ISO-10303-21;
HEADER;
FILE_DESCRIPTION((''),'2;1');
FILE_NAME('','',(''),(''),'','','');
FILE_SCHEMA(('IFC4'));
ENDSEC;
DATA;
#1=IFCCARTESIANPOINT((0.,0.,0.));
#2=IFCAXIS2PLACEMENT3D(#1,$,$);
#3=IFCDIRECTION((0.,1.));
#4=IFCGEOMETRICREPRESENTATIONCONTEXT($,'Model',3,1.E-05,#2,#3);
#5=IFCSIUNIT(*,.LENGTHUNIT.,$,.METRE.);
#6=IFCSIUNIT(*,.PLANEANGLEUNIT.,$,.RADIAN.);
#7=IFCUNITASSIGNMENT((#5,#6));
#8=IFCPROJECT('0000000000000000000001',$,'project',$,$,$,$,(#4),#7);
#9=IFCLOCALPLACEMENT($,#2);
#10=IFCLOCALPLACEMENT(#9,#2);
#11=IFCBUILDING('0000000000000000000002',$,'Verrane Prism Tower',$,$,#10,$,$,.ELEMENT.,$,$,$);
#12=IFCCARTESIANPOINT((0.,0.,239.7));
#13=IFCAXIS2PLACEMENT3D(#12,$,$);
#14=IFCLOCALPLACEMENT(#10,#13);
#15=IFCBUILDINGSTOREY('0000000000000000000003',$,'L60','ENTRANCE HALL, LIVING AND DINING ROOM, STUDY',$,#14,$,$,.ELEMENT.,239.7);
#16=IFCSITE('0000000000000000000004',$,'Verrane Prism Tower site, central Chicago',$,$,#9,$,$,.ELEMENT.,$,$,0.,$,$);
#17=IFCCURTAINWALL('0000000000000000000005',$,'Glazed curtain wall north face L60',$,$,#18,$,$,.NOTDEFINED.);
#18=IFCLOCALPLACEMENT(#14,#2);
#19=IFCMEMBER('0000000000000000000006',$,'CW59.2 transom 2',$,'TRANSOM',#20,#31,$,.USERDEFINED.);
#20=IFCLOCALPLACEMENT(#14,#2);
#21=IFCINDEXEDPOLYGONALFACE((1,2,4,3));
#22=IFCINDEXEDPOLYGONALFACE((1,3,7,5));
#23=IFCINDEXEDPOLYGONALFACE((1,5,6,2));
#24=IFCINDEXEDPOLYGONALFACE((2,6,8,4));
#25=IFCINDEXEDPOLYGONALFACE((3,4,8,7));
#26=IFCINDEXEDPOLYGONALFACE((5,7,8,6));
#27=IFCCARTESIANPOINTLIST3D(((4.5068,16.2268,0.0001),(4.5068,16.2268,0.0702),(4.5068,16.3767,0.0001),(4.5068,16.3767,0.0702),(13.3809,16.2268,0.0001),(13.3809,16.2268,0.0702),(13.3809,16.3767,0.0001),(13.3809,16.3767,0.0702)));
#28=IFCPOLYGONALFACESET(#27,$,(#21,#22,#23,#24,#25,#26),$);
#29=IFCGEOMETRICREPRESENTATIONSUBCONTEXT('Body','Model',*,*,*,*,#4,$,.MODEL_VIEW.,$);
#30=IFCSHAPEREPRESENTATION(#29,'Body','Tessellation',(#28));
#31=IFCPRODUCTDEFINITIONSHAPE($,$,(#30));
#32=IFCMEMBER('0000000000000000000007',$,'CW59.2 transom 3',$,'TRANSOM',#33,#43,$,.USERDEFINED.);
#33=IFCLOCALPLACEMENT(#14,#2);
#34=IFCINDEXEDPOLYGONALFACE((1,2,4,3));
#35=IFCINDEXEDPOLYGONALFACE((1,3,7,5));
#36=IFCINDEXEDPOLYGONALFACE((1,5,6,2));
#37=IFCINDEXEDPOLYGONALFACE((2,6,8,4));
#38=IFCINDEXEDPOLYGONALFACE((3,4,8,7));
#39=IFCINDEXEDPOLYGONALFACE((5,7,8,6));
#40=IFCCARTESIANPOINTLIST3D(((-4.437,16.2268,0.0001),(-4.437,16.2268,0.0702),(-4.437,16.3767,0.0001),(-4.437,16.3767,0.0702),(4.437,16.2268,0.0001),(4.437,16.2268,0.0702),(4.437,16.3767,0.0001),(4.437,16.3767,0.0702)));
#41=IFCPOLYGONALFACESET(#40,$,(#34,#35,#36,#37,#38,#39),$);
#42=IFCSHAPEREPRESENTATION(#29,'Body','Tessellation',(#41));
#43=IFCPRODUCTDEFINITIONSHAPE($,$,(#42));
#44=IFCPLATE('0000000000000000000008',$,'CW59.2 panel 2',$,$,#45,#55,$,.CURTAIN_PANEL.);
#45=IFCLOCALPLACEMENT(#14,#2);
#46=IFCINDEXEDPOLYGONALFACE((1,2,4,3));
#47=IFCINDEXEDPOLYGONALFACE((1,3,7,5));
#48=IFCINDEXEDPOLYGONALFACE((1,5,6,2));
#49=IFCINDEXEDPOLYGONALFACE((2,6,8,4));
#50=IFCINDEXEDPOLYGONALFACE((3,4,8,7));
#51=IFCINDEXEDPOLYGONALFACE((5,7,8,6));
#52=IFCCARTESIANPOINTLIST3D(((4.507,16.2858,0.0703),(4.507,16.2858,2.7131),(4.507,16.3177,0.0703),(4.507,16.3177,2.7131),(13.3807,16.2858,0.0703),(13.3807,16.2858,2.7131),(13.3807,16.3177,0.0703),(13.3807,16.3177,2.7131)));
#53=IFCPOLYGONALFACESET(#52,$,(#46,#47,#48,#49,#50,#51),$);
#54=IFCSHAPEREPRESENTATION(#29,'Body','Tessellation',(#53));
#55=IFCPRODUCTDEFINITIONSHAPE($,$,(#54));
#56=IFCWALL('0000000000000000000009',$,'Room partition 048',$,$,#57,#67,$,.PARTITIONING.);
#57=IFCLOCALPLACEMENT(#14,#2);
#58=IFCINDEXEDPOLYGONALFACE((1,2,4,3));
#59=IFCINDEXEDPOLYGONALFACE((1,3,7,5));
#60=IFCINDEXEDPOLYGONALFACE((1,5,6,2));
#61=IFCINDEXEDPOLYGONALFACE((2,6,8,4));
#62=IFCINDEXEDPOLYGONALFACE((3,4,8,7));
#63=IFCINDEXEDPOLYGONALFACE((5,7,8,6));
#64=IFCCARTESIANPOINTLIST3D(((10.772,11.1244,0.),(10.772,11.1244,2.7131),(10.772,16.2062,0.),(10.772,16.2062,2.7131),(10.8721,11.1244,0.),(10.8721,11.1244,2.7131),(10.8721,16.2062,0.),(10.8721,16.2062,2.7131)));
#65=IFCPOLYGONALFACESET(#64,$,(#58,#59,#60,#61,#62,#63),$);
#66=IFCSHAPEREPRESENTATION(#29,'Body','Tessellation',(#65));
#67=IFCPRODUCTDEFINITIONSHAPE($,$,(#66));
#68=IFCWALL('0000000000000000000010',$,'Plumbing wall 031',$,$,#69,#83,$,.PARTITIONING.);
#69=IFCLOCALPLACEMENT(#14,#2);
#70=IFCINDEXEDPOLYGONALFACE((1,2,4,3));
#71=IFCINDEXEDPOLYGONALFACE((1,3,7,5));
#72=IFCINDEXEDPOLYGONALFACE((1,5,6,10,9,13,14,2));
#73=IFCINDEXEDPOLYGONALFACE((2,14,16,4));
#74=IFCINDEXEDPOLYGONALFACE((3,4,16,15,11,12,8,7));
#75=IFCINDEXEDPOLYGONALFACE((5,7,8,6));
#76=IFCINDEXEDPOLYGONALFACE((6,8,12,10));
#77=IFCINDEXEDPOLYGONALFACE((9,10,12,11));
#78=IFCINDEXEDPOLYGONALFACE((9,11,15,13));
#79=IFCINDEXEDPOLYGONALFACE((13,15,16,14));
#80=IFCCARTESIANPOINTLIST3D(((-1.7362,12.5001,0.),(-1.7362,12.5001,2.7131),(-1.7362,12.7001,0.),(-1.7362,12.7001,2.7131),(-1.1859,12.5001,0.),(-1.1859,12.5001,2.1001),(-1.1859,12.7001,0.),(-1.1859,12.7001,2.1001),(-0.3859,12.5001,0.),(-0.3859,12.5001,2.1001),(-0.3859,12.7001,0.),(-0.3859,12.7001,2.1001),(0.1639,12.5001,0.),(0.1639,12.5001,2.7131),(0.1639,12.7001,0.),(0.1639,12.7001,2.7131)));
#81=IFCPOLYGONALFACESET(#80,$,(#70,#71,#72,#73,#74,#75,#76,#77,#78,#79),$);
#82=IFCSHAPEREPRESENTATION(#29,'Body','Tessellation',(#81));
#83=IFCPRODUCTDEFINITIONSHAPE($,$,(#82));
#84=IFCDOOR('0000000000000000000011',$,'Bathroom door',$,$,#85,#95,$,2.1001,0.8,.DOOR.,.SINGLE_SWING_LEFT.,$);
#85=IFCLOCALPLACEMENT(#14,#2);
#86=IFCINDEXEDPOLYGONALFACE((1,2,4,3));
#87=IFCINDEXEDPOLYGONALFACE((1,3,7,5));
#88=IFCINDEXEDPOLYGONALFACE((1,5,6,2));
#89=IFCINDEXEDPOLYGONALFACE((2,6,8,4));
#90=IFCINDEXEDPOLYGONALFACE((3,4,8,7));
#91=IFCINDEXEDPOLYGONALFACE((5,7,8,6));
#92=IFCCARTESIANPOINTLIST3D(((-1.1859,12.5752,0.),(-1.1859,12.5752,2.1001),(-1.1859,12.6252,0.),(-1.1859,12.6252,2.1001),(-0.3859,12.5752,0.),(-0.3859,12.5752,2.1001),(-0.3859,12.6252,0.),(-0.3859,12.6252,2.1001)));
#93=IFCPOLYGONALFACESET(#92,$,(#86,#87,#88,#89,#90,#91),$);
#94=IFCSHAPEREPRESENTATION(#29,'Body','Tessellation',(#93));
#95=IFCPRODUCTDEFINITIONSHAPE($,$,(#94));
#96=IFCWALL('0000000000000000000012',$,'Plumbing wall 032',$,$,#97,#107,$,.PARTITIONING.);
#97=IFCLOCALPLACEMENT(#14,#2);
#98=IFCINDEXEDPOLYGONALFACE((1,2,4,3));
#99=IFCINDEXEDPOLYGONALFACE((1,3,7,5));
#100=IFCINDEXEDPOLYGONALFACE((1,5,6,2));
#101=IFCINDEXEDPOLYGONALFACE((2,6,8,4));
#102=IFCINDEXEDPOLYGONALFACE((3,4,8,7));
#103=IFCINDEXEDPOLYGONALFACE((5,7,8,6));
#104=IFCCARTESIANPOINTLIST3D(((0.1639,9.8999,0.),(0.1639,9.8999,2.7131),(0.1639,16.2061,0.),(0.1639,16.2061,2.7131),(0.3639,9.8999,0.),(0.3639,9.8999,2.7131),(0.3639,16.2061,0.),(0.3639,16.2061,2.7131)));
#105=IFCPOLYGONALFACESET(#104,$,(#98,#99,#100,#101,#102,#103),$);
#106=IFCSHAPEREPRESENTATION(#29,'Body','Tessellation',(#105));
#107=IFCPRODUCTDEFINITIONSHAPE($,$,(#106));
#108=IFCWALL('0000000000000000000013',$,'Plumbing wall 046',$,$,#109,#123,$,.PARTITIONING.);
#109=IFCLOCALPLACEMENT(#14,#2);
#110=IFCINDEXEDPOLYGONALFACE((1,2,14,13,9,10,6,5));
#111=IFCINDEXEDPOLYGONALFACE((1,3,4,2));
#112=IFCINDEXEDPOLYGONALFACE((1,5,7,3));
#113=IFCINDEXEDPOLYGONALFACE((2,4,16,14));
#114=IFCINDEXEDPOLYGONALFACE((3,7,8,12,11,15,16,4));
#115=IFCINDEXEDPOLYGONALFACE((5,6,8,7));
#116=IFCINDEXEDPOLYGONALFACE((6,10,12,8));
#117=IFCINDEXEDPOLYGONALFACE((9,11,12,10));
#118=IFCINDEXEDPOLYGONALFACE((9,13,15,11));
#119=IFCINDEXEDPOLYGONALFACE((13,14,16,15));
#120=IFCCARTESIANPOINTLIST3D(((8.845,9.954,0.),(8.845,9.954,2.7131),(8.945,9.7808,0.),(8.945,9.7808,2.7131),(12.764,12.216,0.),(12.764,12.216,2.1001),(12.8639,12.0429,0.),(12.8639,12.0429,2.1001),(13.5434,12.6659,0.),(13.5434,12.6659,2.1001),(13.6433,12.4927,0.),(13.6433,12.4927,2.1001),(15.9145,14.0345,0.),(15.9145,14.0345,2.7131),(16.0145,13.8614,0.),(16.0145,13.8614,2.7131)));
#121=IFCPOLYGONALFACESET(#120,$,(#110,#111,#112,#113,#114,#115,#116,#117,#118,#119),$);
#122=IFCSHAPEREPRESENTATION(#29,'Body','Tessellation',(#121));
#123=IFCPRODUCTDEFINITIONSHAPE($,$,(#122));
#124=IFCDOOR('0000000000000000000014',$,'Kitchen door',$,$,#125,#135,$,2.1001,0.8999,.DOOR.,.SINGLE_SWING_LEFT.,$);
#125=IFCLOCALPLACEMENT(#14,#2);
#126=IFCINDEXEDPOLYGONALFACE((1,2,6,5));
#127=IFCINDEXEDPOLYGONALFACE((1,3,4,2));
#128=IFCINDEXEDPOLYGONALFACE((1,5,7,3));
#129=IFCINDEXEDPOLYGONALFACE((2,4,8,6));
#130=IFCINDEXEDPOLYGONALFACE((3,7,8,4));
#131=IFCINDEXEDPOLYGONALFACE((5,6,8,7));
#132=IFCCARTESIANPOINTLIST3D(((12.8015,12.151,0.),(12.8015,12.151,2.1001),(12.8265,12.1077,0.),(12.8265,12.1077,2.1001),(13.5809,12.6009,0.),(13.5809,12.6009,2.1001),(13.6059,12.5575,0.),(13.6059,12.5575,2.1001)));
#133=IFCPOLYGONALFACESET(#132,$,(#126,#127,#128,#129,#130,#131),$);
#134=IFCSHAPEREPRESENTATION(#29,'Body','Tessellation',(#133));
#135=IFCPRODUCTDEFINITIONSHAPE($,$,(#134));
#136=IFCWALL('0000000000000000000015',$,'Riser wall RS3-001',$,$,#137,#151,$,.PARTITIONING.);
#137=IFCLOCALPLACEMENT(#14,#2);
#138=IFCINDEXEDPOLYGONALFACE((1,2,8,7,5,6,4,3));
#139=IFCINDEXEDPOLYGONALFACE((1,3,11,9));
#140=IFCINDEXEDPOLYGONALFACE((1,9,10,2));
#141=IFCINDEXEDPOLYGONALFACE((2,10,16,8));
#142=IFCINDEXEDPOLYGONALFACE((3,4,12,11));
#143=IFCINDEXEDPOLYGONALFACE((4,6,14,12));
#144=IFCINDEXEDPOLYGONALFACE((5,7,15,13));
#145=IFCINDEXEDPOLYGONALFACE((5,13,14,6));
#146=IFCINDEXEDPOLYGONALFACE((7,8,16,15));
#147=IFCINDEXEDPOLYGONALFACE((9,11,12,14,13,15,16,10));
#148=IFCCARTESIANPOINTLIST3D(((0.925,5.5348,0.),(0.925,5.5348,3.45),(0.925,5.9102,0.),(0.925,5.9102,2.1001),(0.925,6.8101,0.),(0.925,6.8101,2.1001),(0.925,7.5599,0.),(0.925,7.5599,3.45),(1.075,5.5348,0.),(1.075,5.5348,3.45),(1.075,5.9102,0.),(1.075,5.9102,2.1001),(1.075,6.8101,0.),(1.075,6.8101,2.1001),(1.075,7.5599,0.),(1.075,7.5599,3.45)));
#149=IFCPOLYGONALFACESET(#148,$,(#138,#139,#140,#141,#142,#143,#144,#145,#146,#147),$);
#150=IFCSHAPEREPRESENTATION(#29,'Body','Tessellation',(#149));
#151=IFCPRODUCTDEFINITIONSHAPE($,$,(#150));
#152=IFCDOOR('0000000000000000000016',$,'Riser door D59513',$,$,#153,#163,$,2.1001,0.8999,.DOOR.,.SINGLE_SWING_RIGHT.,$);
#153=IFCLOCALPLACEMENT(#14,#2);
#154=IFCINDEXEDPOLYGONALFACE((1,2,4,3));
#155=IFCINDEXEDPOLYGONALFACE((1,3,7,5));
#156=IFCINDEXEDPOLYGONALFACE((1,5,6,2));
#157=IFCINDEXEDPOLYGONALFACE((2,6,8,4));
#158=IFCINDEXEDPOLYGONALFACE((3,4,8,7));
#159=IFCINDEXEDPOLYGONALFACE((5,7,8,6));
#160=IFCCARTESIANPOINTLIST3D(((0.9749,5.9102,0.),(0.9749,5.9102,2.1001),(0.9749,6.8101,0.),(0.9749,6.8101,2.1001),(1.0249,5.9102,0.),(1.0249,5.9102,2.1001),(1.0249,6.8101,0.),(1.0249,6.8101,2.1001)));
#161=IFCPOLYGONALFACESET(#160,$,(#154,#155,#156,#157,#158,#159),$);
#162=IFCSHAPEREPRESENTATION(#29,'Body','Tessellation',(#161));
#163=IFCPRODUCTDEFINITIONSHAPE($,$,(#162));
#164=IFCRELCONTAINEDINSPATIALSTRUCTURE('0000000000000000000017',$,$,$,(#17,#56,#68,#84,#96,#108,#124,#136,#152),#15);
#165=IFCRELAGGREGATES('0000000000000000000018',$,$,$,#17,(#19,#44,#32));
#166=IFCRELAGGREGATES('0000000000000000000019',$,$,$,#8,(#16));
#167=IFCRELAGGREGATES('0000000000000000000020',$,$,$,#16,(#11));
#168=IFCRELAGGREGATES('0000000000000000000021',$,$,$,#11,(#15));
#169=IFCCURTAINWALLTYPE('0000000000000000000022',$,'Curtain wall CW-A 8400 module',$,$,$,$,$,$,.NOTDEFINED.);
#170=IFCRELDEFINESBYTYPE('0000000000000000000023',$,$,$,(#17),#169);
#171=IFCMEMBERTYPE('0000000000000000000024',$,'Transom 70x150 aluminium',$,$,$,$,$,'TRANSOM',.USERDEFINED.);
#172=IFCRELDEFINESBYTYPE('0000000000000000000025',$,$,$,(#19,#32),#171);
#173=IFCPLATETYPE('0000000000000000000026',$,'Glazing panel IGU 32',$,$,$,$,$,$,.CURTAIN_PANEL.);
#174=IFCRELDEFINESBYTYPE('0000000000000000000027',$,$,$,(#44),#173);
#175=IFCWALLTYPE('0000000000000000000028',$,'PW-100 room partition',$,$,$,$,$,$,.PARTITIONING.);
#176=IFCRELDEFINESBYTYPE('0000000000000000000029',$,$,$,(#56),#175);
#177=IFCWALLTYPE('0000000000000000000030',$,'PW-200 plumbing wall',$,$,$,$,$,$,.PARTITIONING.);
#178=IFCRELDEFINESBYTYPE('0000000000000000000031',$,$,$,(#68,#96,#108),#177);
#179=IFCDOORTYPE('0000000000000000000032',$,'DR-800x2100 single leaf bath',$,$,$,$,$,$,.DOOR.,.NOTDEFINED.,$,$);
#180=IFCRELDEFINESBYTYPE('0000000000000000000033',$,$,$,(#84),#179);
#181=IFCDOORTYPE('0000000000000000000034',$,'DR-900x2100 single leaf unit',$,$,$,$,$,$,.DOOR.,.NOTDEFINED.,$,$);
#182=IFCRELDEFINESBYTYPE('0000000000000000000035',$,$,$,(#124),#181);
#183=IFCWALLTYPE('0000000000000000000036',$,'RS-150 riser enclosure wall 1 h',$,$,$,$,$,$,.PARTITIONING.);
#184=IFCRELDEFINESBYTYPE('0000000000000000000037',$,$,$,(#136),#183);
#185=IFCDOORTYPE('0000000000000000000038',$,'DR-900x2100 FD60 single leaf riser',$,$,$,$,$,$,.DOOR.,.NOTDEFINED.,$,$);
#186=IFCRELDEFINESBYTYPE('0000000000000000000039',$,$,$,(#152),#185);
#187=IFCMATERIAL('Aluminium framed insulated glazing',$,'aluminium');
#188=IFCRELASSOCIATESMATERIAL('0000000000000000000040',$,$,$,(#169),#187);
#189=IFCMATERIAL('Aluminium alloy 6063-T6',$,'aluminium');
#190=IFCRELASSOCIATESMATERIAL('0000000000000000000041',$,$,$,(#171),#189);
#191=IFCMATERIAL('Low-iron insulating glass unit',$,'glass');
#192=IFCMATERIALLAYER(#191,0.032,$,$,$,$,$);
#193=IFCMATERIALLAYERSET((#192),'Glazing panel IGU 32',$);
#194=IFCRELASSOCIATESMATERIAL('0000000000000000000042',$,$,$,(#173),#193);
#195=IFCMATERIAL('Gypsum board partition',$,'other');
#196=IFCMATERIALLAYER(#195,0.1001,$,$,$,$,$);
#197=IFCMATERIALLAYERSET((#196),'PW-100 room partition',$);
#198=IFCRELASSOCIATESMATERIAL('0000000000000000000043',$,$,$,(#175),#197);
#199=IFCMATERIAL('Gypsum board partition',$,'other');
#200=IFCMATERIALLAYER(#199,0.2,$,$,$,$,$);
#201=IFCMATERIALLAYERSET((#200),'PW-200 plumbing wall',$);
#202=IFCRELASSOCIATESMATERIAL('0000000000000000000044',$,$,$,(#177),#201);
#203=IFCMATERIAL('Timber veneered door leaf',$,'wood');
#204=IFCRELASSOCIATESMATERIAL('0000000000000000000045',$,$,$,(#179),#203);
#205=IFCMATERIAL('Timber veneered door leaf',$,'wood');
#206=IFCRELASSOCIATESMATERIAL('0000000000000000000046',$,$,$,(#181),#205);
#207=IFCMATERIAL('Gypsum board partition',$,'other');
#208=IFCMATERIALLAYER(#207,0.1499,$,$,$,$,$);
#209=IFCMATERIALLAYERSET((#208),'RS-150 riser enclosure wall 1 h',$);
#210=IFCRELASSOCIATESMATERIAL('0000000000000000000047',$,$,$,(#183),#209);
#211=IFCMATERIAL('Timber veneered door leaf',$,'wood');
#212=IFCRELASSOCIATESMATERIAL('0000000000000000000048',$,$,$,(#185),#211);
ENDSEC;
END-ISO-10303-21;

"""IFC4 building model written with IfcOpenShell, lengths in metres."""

from ifc_helpers import new_model, si_unit, direction, frame, frame_2d, origin, origin_2d, place, context, subcontext, project, spatial, rectangle, extrude, material, layer, layer_set, material_profile, profile_set, type_object, element, fill, aggregate, save


model = new_model("IFC4")

# Units and contexts
model_context = context("Model", 3, precision=1e-05, world=origin(), true_north=direction((0.0, 1.0)))
body_context = subcontext(model_context, "Body", "Model", "MODEL_VIEW")
ifc_project = project(units=[si_unit("LENGTHUNIT", "METRE"), si_unit("PLANEANGLEUNIT", "RADIAN")], contexts=[model_context])

# Site, building, storey
site_placement = place(None, origin())
site = spatial("IfcSite", under=ifc_project, at=site_placement, Name="Verrane Prism Tower site, central Chicago", CompositionType="ELEMENT", RefElevation=0.0)
building_placement = place(site_placement, origin())
building = spatial("IfcBuilding", under=site, at=building_placement, Name="Verrane Prism Tower", CompositionType="ELEMENT")
storey_placement = place(building_placement, frame((0.0, 0.0, 239.7)))
storey = spatial("IfcBuildingStorey", under=building, at=storey_placement, Name="L60", Description="ENTRANCE HALL, LIVING AND DINING ROOM, STUDY", CompositionType="ELEMENT", Elevation=239.7)

# Curtain wall
ifc_material_1 = material(Name="Aluminium framed insulated glazing", Category="aluminium")
curtain_wall_type = type_object("IfcCurtainWallType", Name="Curtain wall CW-A 8400 module", PredefinedType="NOTDEFINED", material=ifc_material_1)
curtain_wall_placement = place(storey_placement, origin())
curtain_wall = element("IfcCurtainWall", 1, at=curtain_wall_placement, inside=storey, type_object=curtain_wall_type, Name="Glazed curtain wall north face L60", PredefinedType="NOTDEFINED")

# Members
ifc_material_2 = material(Name="Aluminium alloy 6063-T6", Category="aluminium")
ifc_material_profile_1 = material_profile(ifc_material_2, rectangle(XDim=0.1499, YDim=0.0701, at=origin_2d()), Name="Transom 70x150 aluminium")
ifc_profile_set_1 = profile_set([ifc_material_profile_1], Name="Aluminium alloy 6063-T6")
member_type_1 = type_object("IfcMemberType", Name="Transom 70x150 aluminium", ElementType="TRANSOM", PredefinedType="USERDEFINED", material=ifc_profile_set_1)
member_1_placement = place(storey_placement, frame((13.3809, 16.3018, 0.0352), z_axis=(-1.0, 0.0, 0.0), x_axis=(0.0, -1.0, 0.0)))
member_1 = element("IfcMember", 2, at=member_1_placement, type_object=member_type_1, Name="CW59.2 transom 2", ObjectType="TRANSOM", PredefinedType="USERDEFINED", context=body_context, shape_type="SweptSolid", body=[
    extrude(rectangle(XDim=0.1499, YDim=0.0701, at=origin_2d()), origin(), (0.0, 0.0, 1.0), 8.874),
])
member_2_placement = place(storey_placement, frame((4.437, 16.3018, 0.0352), z_axis=(-1.0, 0.0, 0.0), x_axis=(0.0, -1.0, 0.0)))
member_2 = element("IfcMember", 3, at=member_2_placement, type_object=member_type_1, Name="CW59.2 transom 3", ObjectType="TRANSOM", PredefinedType="USERDEFINED", context=body_context, shape_type="SweptSolid", body=[
    extrude(rectangle(XDim=0.1499, YDim=0.0701, at=origin_2d()), origin(), (0.0, 0.0, 1.0), 8.874),
])

# Plate
ifc_material_3 = material(Name="Low-iron insulating glass unit", Category="glass")
ifc_layer_1 = layer(ifc_material_3, 0.032)
ifc_layer_set_1 = layer_set([ifc_layer_1], Name="Glazing panel IGU 32")
plate_type = type_object("IfcPlateType", Name="Glazing panel IGU 32", PredefinedType="CURTAIN_PANEL", material=ifc_layer_set_1)
plate_placement = place(storey_placement, frame((8.9438, 16.3018, 0.0703), z_axis=(0.0, 0.0, 1.0), x_axis=(-1.0, 0.0, 0.0)))
plate = element("IfcPlate", 4, at=plate_placement, type_object=plate_type, Name="CW59.2 panel 2", PredefinedType="CURTAIN_PANEL", context=body_context, shape_type="SweptSolid", body=[
    extrude(rectangle(XDim=8.8738, YDim=0.032, at=origin_2d()), origin(), (0.0, 0.0, 1.0), 2.6428),
])
aggregate(curtain_wall, [member_1, plate, member_2])

# Wall
ifc_material_4 = material(Name="Gypsum board partition", Category="other")
ifc_layer_2 = layer(ifc_material_4, 0.1001)
ifc_layer_set_2 = layer_set([ifc_layer_2], Name="PW-100 room partition")
wall_type_1 = type_object("IfcWallType", Name="PW-100 room partition", PredefinedType="PARTITIONING", material=ifc_layer_set_2)
wall_1_placement = place(storey_placement, frame((10.822, 11.1243, 0.0), z_axis=(0.0, 0.0, 1.0), x_axis=(0.0, 1.0, 0.0)))
element("IfcWall", 5, at=wall_1_placement, inside=storey, type_object=wall_type_1, Name="Room partition 048", PredefinedType="PARTITIONING", context=body_context, shape_type="SweptSolid", body=[
    extrude(rectangle(XDim=5.0818, YDim=0.1001, at=frame_2d((2.541, 0.0))), origin(), (0.0, 0.0, 1.0), 2.7131),
])

# Wall, opening, door
ifc_material_5 = material(Name="Gypsum board partition", Category="other")
ifc_layer_3 = layer(ifc_material_5, 0.2)
ifc_layer_set_3 = layer_set([ifc_layer_3], Name="PW-200 plumbing wall")
wall_type_2 = type_object("IfcWallType", Name="PW-200 plumbing wall", PredefinedType="PARTITIONING", material=ifc_layer_set_3)
wall_2_placement = place(storey_placement, frame((0.1641, 12.6001, 0.0), z_axis=(0.0, 0.0, 1.0), x_axis=(-1.0, 0.0, 0.0)))
wall_2 = element("IfcWall", 6, at=wall_2_placement, inside=storey, type_object=wall_type_2, Name="Plumbing wall 031", PredefinedType="PARTITIONING", context=body_context, shape_type="SweptSolid", body=[
    extrude(rectangle(XDim=1.9001, YDim=0.2, at=frame_2d((0.9502, 0.0))), origin(), (0.0, 0.0, 1.0), 2.7131),
])
opening_1_placement = place(wall_2_placement, frame((0.55, 0.0, 0.0)))
opening_1 = element("IfcOpeningElement", 7, at=opening_1_placement, cuts=wall_2, PredefinedType="OPENING", context=body_context, shape_type="SweptSolid", body=[
    extrude(rectangle(XDim=0.8, YDim=2.1001, at=frame_2d((0.3999, 1.05))), frame((0.0, 0.1099, 0.0), z_axis=(0.0, -1.0, 0.0), x_axis=(1.0, 0.0, 0.0)), (0.0, 0.0, 1.0), 0.22),
])
ifc_material_6 = material(Name="Timber veneered door leaf", Category="wood")
door_type_1 = type_object("IfcDoorType", Name="DR-800x2100 single leaf bath", OperationType="NOTDEFINED", PredefinedType="DOOR", material=ifc_material_6)
door_1_placement = place(opening_1_placement, origin())
door_1 = element("IfcDoor", 8, at=door_1_placement, inside=storey, type_object=door_type_1, Name="Bathroom door", OperationType="SINGLE_SWING_LEFT", OverallHeight=2.1001, OverallWidth=0.8, PredefinedType="DOOR", context=body_context, shape_type="SweptSolid", body=[
    extrude(rectangle(XDim=0.8, YDim=2.1001, at=frame_2d((0.3999, 1.05))), frame((0.0, 0.0249, 0.0), z_axis=(0.0, -1.0, 0.0), x_axis=(1.0, 0.0, 0.0)), (0.0, 0.0, 1.0), 0.05),
])
fill(opening_1, door_1)

# Wall
wall_3_placement = place(storey_placement, frame((0.2639, 9.8999, 0.0), z_axis=(0.0, 0.0, 1.0), x_axis=(0.0, 1.0, 0.0)))
element("IfcWall", 9, at=wall_3_placement, inside=storey, type_object=wall_type_2, Name="Plumbing wall 032", PredefinedType="PARTITIONING", context=body_context, shape_type="SweptSolid", body=[
    extrude(rectangle(XDim=6.3062, YDim=0.2, at=frame_2d((3.1531, 0.0))), origin(), (0.0, 0.0, 1.0), 2.7131),
])

# Walls, openings, doors
wall_4_placement = place(storey_placement, frame((8.895, 9.8674, 0.0), z_axis=(0.0, 0.0, 1.0), x_axis=(0.866081, 0.499903, 0.0)))
wall_4 = element("IfcWall", 10, at=wall_4_placement, inside=storey, type_object=wall_type_2, Name="Plumbing wall 046", PredefinedType="PARTITIONING", context=body_context, shape_type="SweptSolid", body=[
    extrude(rectangle(XDim=8.1626, YDim=0.2, at=frame_2d((4.0813, 0.0))), origin(), (0.0, 0.0, 1.0), 2.7131),
])
opening_2_placement = place(wall_4_placement, frame((4.5249, 0.0, 0.0)))
opening_2 = element("IfcOpeningElement", 11, at=opening_2_placement, cuts=wall_4, PredefinedType="OPENING", context=body_context, shape_type="SweptSolid", body=[
    extrude(rectangle(XDim=0.8999, YDim=2.1001, at=frame_2d((0.45, 1.05))), frame((0.0, 0.1099, 0.0), z_axis=(0.0, -1.0, 0.0), x_axis=(1.0, 0.0, 0.0)), (0.0, 0.0, 1.0), 0.22),
])
ifc_material_7 = material(Name="Timber veneered door leaf", Category="wood")
door_type_2 = type_object("IfcDoorType", Name="DR-900x2100 single leaf unit", OperationType="NOTDEFINED", PredefinedType="DOOR", material=ifc_material_7)
door_2_placement = place(opening_2_placement, origin())
door_2 = element("IfcDoor", 12, at=door_2_placement, inside=storey, type_object=door_type_2, Name="Kitchen door", OperationType="SINGLE_SWING_LEFT", OverallHeight=2.1001, OverallWidth=0.8999, PredefinedType="DOOR", context=body_context, shape_type="SweptSolid", body=[
    extrude(rectangle(XDim=0.8999, YDim=2.1001, at=frame_2d((0.45, 1.05))), frame((0.0, 0.0249, 0.0), z_axis=(0.0, -1.0, 0.0), x_axis=(1.0, 0.0, 0.0)), (0.0, 0.0, 1.0), 0.05),
])
fill(opening_2, door_2)
ifc_material_8 = material(Name="Gypsum board partition", Category="other")
ifc_layer_4 = layer(ifc_material_8, 0.1499)
ifc_layer_set_4 = layer_set([ifc_layer_4], Name="RS-150 riser enclosure wall 1 h")
wall_type_3 = type_object("IfcWallType", Name="RS-150 riser enclosure wall 1 h", PredefinedType="PARTITIONING", material=ifc_layer_set_4)
wall_5_placement = place(storey_placement, frame((1.0, 7.5601, 0.0), z_axis=(0.0, 0.0, 1.0), x_axis=(0.0, -1.0, 0.0)))
wall_5 = element("IfcWall", 13, at=wall_5_placement, inside=storey, type_object=wall_type_3, Name="Riser wall RS3-001", PredefinedType="PARTITIONING", context=body_context, shape_type="SweptSolid", body=[
    extrude(rectangle(XDim=2.0251, YDim=0.1499, at=frame_2d((1.0127, 0.0))), origin(), (0.0, 0.0, 1.0), 3.45),
])
opening_3_placement = place(wall_5_placement, frame((0.75, 0.0, 0.0)))
opening_3 = element("IfcOpeningElement", 14, at=opening_3_placement, cuts=wall_5, PredefinedType="OPENING", context=body_context, shape_type="SweptSolid", body=[
    extrude(rectangle(XDim=0.8999, YDim=2.1001, at=frame_2d((0.45, 1.05))), frame((0.0, 0.085, 0.0), z_axis=(0.0, -1.0, 0.0), x_axis=(1.0, 0.0, 0.0)), (0.0, 0.0, 1.0), 0.1699),
])
ifc_material_9 = material(Name="Timber veneered door leaf", Category="wood")
door_type_3 = type_object("IfcDoorType", Name="DR-900x2100 FD60 single leaf riser", OperationType="NOTDEFINED", PredefinedType="DOOR", material=ifc_material_9)
door_3_placement = place(opening_3_placement, origin())
door_3 = element("IfcDoor", 15, at=door_3_placement, inside=storey, type_object=door_type_3, Name="Riser door D59513", OperationType="SINGLE_SWING_RIGHT", OverallHeight=2.1001, OverallWidth=0.8999, PredefinedType="DOOR", context=body_context, shape_type="SweptSolid", body=[
    extrude(rectangle(XDim=0.8999, YDim=2.1001, at=frame_2d((0.45, 1.05))), frame((0.0, 0.0249, 0.0), z_axis=(0.0, -1.0, 0.0), x_axis=(1.0, 0.0, 0.0)), (0.0, 0.0, 1.0), 0.05),
])
fill(opening_3, door_3)

save(model, "model.ifc")
